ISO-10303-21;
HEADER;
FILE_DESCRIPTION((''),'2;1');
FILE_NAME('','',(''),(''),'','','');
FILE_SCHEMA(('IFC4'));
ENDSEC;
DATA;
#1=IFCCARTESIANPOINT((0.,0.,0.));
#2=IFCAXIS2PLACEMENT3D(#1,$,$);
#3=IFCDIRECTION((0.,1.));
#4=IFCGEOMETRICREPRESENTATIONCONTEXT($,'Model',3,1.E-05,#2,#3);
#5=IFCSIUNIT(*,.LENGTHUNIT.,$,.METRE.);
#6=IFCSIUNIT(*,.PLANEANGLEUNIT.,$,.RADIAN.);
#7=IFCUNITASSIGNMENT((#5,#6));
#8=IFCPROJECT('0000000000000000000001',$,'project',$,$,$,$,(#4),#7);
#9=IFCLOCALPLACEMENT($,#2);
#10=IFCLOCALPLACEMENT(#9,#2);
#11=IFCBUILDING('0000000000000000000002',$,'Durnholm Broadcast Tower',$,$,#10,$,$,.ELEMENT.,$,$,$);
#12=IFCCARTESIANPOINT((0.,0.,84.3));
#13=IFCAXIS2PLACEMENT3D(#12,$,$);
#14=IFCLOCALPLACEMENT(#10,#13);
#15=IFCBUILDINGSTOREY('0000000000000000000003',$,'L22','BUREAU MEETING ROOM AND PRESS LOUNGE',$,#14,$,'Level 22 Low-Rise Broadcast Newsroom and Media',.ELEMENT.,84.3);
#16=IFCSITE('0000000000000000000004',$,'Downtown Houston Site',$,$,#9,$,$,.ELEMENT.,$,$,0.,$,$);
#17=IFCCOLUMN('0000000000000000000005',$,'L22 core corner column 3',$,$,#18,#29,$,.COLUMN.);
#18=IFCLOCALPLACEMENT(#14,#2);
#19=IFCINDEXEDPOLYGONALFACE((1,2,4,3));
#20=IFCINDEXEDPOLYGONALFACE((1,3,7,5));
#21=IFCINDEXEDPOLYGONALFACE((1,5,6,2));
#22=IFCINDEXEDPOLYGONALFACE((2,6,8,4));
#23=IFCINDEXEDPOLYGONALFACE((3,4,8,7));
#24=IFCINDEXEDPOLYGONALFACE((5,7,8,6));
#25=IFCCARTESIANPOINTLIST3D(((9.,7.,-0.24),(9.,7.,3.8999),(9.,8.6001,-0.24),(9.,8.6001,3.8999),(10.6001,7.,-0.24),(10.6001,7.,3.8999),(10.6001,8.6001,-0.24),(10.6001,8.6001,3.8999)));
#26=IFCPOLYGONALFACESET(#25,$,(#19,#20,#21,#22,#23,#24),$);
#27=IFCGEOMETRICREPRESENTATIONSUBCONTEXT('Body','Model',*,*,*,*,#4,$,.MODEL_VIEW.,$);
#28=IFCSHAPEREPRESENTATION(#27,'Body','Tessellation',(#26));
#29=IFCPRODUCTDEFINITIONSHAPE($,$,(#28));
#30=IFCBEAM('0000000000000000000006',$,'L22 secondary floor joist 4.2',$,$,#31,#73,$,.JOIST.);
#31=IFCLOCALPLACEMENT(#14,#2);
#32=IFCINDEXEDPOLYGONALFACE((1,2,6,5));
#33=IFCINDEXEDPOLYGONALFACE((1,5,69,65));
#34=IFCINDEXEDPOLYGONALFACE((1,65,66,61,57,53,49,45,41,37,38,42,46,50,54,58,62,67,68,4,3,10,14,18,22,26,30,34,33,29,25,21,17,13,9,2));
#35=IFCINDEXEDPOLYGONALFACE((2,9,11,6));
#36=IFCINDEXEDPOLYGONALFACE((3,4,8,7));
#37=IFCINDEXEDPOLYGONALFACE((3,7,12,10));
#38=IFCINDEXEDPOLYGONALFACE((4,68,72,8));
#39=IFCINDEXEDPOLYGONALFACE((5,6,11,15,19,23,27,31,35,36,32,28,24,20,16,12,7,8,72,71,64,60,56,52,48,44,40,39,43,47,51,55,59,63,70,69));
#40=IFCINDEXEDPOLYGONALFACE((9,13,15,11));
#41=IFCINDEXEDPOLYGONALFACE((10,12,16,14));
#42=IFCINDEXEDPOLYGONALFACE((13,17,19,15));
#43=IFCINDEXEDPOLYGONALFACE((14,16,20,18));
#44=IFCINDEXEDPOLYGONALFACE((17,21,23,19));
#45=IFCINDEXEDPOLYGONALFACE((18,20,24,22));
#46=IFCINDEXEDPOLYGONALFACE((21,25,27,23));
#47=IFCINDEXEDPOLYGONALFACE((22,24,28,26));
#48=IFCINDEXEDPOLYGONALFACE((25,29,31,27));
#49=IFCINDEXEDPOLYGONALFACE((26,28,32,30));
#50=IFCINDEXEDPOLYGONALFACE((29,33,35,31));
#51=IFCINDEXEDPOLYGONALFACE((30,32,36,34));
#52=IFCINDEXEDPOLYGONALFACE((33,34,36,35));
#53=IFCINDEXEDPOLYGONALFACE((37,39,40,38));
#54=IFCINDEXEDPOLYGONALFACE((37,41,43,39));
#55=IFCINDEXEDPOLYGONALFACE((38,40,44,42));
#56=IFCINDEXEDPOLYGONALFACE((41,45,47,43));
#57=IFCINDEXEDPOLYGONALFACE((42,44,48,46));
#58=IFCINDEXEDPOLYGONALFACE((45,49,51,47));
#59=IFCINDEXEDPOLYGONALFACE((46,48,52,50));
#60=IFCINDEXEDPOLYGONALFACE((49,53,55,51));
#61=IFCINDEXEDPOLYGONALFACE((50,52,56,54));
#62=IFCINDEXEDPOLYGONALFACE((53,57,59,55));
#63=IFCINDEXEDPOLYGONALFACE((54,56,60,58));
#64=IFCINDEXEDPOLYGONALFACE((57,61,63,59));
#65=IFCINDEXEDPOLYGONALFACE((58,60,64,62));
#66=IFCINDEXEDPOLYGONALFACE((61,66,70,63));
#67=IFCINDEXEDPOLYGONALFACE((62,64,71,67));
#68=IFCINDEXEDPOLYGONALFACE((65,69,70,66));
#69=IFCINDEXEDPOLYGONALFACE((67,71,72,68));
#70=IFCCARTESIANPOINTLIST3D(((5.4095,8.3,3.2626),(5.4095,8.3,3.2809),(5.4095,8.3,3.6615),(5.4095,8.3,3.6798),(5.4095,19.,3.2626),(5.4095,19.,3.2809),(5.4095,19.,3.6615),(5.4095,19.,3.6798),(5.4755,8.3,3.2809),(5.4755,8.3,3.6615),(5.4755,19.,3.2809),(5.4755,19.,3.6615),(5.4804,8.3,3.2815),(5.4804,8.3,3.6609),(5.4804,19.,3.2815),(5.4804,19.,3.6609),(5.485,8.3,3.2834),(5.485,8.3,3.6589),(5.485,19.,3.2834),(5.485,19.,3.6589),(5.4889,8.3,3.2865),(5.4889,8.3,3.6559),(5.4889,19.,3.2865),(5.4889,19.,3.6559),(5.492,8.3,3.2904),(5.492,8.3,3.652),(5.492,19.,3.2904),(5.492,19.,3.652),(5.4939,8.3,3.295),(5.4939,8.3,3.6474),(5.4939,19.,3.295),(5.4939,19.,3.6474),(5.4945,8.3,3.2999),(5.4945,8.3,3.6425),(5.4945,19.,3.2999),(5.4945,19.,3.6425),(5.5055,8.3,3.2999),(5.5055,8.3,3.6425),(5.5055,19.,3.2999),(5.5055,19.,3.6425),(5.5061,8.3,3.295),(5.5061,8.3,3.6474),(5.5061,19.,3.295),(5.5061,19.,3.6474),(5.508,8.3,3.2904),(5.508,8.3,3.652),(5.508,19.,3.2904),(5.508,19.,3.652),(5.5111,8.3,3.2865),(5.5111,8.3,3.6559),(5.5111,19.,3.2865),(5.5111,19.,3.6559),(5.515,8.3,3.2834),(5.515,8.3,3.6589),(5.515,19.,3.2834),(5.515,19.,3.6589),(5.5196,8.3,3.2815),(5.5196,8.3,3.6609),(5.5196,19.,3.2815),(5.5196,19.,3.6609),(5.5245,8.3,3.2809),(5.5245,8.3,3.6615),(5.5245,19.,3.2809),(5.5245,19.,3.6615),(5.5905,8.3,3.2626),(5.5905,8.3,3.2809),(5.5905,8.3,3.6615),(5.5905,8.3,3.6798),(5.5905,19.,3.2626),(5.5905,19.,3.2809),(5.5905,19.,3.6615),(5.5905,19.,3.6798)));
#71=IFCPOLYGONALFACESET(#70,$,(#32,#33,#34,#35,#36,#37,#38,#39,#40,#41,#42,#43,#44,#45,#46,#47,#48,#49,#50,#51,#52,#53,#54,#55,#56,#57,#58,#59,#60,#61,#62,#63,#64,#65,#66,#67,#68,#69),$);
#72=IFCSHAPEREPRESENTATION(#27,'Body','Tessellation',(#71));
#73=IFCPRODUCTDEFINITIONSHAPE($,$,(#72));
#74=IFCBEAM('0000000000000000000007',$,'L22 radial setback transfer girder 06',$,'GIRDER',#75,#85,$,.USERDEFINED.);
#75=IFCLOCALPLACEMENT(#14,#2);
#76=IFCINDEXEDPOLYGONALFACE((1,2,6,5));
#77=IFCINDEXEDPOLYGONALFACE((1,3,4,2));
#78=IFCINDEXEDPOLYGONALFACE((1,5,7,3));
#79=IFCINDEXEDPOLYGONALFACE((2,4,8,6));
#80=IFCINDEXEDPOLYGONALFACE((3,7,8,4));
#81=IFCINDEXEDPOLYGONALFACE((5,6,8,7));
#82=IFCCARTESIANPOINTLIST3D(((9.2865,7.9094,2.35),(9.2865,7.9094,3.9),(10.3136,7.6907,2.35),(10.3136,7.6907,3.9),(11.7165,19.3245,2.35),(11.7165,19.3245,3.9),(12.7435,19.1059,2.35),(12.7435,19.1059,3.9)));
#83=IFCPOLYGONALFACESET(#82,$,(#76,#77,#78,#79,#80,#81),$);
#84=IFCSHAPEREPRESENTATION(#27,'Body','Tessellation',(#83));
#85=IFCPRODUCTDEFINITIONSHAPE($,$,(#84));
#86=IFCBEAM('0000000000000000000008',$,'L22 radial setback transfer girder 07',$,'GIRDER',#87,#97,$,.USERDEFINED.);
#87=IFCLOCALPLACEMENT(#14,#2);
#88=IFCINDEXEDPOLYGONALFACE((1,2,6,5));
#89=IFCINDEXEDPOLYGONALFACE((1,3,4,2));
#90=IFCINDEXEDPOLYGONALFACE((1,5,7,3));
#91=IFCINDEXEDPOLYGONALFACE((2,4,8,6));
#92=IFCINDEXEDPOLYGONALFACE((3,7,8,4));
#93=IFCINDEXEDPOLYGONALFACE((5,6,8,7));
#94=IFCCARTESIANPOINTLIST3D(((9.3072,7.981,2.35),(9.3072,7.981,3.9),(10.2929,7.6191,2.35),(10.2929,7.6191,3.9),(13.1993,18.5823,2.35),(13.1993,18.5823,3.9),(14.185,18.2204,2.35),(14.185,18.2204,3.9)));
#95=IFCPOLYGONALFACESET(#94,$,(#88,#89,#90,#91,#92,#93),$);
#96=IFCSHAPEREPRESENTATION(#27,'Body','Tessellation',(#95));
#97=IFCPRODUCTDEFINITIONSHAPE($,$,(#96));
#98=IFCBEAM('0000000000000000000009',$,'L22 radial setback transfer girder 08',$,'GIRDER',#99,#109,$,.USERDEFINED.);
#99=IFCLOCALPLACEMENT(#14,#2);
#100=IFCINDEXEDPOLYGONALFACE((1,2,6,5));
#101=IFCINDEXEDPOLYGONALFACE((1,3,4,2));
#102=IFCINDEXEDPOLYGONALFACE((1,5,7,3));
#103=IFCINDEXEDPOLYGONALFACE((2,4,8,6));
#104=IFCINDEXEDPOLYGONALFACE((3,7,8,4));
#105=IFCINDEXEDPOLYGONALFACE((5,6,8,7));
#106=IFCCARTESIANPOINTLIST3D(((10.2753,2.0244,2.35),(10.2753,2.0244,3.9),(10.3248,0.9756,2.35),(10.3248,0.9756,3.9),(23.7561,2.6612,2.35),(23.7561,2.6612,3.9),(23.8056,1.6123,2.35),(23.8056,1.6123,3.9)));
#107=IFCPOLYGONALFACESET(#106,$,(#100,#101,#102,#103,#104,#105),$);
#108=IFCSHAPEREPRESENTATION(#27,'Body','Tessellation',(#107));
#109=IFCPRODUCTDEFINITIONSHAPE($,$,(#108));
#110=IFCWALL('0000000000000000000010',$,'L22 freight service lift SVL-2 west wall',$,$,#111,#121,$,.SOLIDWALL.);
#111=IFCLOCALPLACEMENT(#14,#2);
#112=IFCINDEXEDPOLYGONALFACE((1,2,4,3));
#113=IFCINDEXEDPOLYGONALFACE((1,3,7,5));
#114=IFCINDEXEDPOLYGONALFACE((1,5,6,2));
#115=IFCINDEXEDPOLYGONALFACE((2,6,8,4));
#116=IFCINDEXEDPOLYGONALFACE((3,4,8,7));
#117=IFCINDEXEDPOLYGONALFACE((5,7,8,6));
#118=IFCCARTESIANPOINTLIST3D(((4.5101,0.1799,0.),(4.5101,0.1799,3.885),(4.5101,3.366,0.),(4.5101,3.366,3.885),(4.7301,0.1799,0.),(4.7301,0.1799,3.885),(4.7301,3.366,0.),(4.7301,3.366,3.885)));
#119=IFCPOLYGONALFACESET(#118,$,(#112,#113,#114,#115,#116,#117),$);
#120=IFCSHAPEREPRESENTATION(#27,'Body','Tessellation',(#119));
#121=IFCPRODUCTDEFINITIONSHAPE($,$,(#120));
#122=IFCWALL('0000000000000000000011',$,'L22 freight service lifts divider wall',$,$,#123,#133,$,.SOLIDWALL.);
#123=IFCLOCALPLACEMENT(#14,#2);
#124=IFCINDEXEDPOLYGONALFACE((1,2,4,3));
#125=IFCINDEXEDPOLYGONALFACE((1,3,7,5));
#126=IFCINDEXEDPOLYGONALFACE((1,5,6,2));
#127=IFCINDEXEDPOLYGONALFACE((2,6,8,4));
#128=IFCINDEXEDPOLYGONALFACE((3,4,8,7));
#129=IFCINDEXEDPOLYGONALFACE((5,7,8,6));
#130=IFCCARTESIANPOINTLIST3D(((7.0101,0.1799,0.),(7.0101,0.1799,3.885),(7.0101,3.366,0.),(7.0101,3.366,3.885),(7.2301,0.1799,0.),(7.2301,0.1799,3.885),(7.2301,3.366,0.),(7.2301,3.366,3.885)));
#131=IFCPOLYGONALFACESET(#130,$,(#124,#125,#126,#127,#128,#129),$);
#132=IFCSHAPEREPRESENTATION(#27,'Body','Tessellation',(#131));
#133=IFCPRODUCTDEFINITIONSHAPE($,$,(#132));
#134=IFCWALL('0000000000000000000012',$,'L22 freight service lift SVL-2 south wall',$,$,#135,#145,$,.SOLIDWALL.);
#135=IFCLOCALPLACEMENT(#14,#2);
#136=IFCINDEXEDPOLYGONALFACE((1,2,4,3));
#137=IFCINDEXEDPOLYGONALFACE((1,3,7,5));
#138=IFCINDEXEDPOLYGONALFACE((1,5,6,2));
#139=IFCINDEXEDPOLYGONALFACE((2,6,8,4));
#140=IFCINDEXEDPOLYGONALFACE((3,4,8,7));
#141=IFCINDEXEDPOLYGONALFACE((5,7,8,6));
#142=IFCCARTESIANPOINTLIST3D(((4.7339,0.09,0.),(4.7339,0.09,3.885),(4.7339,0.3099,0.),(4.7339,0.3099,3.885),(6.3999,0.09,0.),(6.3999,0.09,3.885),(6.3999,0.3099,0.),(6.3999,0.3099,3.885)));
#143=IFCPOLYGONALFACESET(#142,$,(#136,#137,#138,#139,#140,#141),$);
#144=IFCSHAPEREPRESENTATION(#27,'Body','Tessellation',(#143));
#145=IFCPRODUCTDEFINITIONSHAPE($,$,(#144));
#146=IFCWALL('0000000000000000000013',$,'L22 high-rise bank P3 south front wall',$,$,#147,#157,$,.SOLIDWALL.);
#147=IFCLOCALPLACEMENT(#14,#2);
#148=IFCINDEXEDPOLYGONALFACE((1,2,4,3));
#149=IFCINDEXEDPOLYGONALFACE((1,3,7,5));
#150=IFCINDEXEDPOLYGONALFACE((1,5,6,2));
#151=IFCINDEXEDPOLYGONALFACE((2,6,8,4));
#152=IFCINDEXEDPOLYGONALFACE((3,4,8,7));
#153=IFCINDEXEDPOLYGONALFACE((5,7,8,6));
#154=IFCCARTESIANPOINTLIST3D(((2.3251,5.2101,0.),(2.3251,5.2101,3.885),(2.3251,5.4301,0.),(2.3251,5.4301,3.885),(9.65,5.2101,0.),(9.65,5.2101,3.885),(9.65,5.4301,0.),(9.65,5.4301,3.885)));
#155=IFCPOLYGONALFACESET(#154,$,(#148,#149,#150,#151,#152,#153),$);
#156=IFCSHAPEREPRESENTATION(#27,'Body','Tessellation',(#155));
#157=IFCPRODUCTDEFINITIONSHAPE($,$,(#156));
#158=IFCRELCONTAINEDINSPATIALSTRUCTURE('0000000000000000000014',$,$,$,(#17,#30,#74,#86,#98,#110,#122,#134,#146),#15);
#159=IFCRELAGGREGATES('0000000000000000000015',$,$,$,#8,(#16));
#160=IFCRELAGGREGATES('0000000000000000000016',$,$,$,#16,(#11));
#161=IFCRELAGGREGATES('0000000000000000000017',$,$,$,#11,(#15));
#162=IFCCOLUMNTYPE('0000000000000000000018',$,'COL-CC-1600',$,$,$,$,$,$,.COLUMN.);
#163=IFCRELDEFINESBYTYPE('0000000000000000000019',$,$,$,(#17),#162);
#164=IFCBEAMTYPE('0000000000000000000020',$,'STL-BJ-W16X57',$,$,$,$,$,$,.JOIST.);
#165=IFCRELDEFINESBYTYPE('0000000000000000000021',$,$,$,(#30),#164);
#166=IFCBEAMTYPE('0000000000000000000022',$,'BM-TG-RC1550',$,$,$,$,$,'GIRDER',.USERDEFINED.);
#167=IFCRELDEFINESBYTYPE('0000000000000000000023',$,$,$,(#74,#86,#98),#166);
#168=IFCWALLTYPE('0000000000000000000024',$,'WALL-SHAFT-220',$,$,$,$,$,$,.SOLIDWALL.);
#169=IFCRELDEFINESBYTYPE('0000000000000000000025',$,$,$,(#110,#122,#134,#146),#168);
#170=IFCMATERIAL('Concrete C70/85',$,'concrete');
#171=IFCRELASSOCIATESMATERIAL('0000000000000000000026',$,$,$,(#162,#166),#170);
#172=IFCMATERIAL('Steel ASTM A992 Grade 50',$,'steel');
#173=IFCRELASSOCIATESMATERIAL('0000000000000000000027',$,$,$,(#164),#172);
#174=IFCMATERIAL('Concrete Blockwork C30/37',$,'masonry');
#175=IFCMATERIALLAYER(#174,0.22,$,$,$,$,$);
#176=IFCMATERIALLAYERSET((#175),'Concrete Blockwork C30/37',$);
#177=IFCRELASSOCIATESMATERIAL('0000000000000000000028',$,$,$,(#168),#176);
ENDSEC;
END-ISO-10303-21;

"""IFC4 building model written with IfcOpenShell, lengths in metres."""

from ifc_helpers import new_model, si_unit, direction, frame, frame_2d, origin, origin_2d, place, context, subcontext, project, spatial, rectangle, i_section, extrude, source, transform, mapped, material, layer, layer_set, material_profile, profile_set, type_object, type_shapes, element, save


model = new_model("IFC4")

# Units and contexts
model_context = context("Model", 3, precision=1e-05, world=origin(), true_north=direction((0.0, 1.0)))
body_context = subcontext(model_context, "Body", "Model", "MODEL_VIEW")
ifc_project = project(units=[si_unit("LENGTHUNIT", "METRE"), si_unit("PLANEANGLEUNIT", "RADIAN")], contexts=[model_context])

# Site, building, storey
site_placement = place(None, origin())
site = spatial("IfcSite", under=ifc_project, at=site_placement, Name="Downtown Houston Site", CompositionType="ELEMENT", RefElevation=0.0)
building_placement = place(site_placement, origin())
building = spatial("IfcBuilding", under=site, at=building_placement, Name="Durnholm Broadcast Tower", CompositionType="ELEMENT")
storey_placement = place(building_placement, frame((0.0, 0.0, 84.3)))
storey = spatial("IfcBuildingStorey", under=building, at=storey_placement, Name="L22", Description="BUREAU MEETING ROOM AND PRESS LOUNGE", LongName="Level 22 Low-Rise Broadcast Newsroom and Media", CompositionType="ELEMENT", Elevation=84.3)

# Column
ifc_material_1 = material(Name="Concrete C70/85", Category="concrete")
ifc_material_profile_1 = material_profile(ifc_material_1, rectangle(XDim=1.6001, YDim=1.6001, at=origin_2d()), Name="RC1600X1600")
ifc_profile_set_1 = profile_set([ifc_material_profile_1], Name="Concrete C70/85")
column_type = type_object("IfcColumnType", Name="COL-CC-1600", PredefinedType="COLUMN", material=ifc_profile_set_1)
shared_shape_1 = source(origin(), body_context, "Body", "SweptSolid", [
    extrude(rectangle(XDim=1.6001, YDim=1.6001, at=origin_2d()), origin(), (0.0, 0.0, 1.0), 4.1399),
])
type_shapes(column_type, [shared_shape_1])
column_placement = place(storey_placement, frame((9.8, 7.8, -0.24), z_axis=(0.0, 0.0, 1.0), x_axis=(1.0, 0.0, 0.0)))
element("IfcColumn", 1, at=column_placement, inside=storey, type_object=column_type, Name="L22 core corner column 3", PredefinedType="COLUMN", context=body_context, shape_type="MappedRepresentation", body=[
    mapped(shared_shape_1, transform((0.0, 0.0, 0.0), x_axis=(1.0, 0.0, 0.0), y_axis=(0.0, 1.0, 0.0), z_axis=(0.0, 0.0, 1.0), scale=1.0)),
])

# Beams
ifc_material_2 = material(Name="Steel ASTM A992 Grade 50", Category="steel")
ifc_material_profile_2 = material_profile(ifc_material_2, i_section(OverallWidth=0.1809, OverallDepth=0.4172, WebThickness=0.011, FlangeThickness=0.0183, FilletRadius=0.019, at=origin_2d()), Name="W16X57")
ifc_profile_set_2 = profile_set([ifc_material_profile_2], Name="Steel ASTM A992 Grade 50")
beam_type_1 = type_object("IfcBeamType", Name="STL-BJ-W16X57", PredefinedType="JOIST", material=ifc_profile_set_2)
shared_shape_2 = source(origin(), body_context, "Body", "SweptSolid", [
    extrude(i_section(OverallWidth=0.1809, OverallDepth=0.4172, WebThickness=0.011, FlangeThickness=0.0183, FilletRadius=0.019, at=origin_2d()), origin(), (0.0, 0.0, 1.0), 10.7),
])
type_shapes(beam_type_1, [shared_shape_2])
beam_1_placement = place(storey_placement, frame((5.5, 8.3, 3.4712), z_axis=(0.0, 1.0, 0.0), x_axis=(-1.0, 0.0, 0.0)))
element("IfcBeam", 2, at=beam_1_placement, inside=storey, type_object=beam_type_1, Name="L22 secondary floor joist 4.2", PredefinedType="JOIST", context=body_context, shape_type="MappedRepresentation", body=[
    mapped(shared_shape_2, transform((0.0, 0.0, 0.0), x_axis=(1.0, 0.0, 0.0), y_axis=(0.0, 1.0, 0.0), z_axis=(0.0, 0.0, 1.0), scale=1.0)),
])
ifc_material_profile_3 = material_profile(ifc_material_1, rectangle(XDim=1.05, YDim=1.55, at=origin_2d()), Name="RC1050X1550")
ifc_profile_set_3 = profile_set([ifc_material_profile_3], Name="Concrete C70/85")
beam_type_2 = type_object("IfcBeamType", Name="BM-TG-RC1550", ElementType="GIRDER", PredefinedType="USERDEFINED", material=ifc_profile_set_3)
shared_shape_3 = source(origin(), body_context, "Body", "SweptSolid", [
    extrude(rectangle(XDim=1.05, YDim=1.55, at=origin_2d()), origin(), (0.0, 0.0, 1.0), 11.6709),
])
beam_2_placement = place(storey_placement, frame((9.8, 7.8, 3.125), z_axis=(0.208206, 0.978085, 0.0), x_axis=(-0.978085, 0.208206, 0.0)))
element("IfcBeam", 3, at=beam_2_placement, inside=storey, type_object=beam_type_2, Name="L22 radial setback transfer girder 06", ObjectType="GIRDER", PredefinedType="USERDEFINED", context=body_context, shape_type="MappedRepresentation", body=[
    mapped(shared_shape_3, transform((0.0, 0.0, 0.0), x_axis=(1.0, 0.0, 0.0), y_axis=(0.0, 1.0, 0.0), z_axis=(0.0, 0.0, 1.0), scale=1.0)),
])
shared_shape_4 = source(origin(), body_context, "Body", "SweptSolid", [
    extrude(rectangle(XDim=1.05, YDim=1.55, at=origin_2d()), origin(), (0.0, 0.0, 1.0), 11.2932),
])
beam_3_placement = place(storey_placement, frame((9.8, 7.8, 3.125), z_axis=(0.34464, 0.938735, 0.0), x_axis=(-0.938735, 0.34464, 0.0)))
element("IfcBeam", 4, at=beam_3_placement, inside=storey, type_object=beam_type_2, Name="L22 radial setback transfer girder 07", ObjectType="GIRDER", PredefinedType="USERDEFINED", context=body_context, shape_type="MappedRepresentation", body=[
    mapped(shared_shape_4, transform((0.0, 0.0, 0.0), x_axis=(1.0, 0.0, 0.0), y_axis=(0.0, 1.0, 0.0), z_axis=(0.0, 0.0, 1.0), scale=1.0)),
])
shared_shape_5 = source(origin(), body_context, "Body", "SweptSolid", [
    extrude(rectangle(XDim=1.05, YDim=1.55, at=origin_2d()), origin(), (0.0, 0.0, 1.0), 13.4958),
])
type_shapes(beam_type_2, [shared_shape_3, shared_shape_4, shared_shape_5])
beam_4_placement = place(storey_placement, frame((10.3, 1.5, 3.125), z_axis=(0.998886, 0.047179, 0.0), x_axis=(-0.047179, 0.998886, 0.0)))
element("IfcBeam", 5, at=beam_4_placement, inside=storey, type_object=beam_type_2, Name="L22 radial setback transfer girder 08", ObjectType="GIRDER", PredefinedType="USERDEFINED", context=body_context, shape_type="MappedRepresentation", body=[
    mapped(shared_shape_5, transform((0.0, 0.0, 0.0), x_axis=(1.0, 0.0, 0.0), y_axis=(0.0, 1.0, 0.0), z_axis=(0.0, 0.0, 1.0), scale=1.0)),
])

# Shared definitions
ifc_material_3 = material(Name="Concrete Blockwork C30/37", Category="masonry")
ifc_layer_1 = layer(ifc_material_3, 0.22)
ifc_layer_set_1 = layer_set([ifc_layer_1], Name="Concrete Blockwork C30/37")
wall_type_1 = type_object("IfcWallType", Name="WALL-SHAFT-220", PredefinedType="SOLIDWALL", material=ifc_layer_set_1)

# Walls
for number, where, z_axis, x_axis, name in (
    (6, (4.6201, 0.1799, 0.0), (0.0, 0.0, 1.0), (0.0, 1.0, 0.0), "L22 freight service lift SVL-2 west wall"),
    (7, (7.1201, 0.1799, 0.0), (0.0, 0.0, 1.0), (0.0, 1.0, 0.0), "L22 freight service lifts divider wall"),
):
    element("IfcWall", number, at=place(storey_placement, frame(where, z_axis=z_axis, x_axis=x_axis)), inside=storey, type_object=wall_type_1, Name=name, PredefinedType="SOLIDWALL", context=body_context, shape_type="SweptSolid", body=[
        extrude(rectangle(XDim=3.186, YDim=0.22, at=frame_2d((1.593, 0.0))), origin(), (0.0, 0.0, 1.0), 3.885),
    ])
wall_1_placement = place(storey_placement, frame((4.7339, 0.2, 0.0), z_axis=(0.0, 0.0, 1.0), x_axis=(1.0, 0.0, 0.0)))
element("IfcWall", 8, at=wall_1_placement, inside=storey, type_object=wall_type_1, Name="L22 freight service lift SVL-2 south wall", PredefinedType="SOLIDWALL", context=body_context, shape_type="SweptSolid", body=[
    extrude(rectangle(XDim=1.666, YDim=0.22, at=frame_2d((0.833, 0.0))), origin(), (0.0, 0.0, 1.0), 3.885),
])
wall_2_placement = place(storey_placement, frame((2.325, 5.3201, 0.0), z_axis=(0.0, 0.0, 1.0), x_axis=(1.0, 0.0, 0.0)))
element("IfcWall", 9, at=wall_2_placement, inside=storey, type_object=wall_type_1, Name="L22 high-rise bank P3 south front wall", PredefinedType="SOLIDWALL", context=body_context, shape_type="SweptSolid", body=[
    extrude(rectangle(XDim=7.325, YDim=0.22, at=frame_2d((3.6626, 0.0))), origin(), (0.0, 0.0, 1.0), 3.885),
])

save(model, "model.ifc")
